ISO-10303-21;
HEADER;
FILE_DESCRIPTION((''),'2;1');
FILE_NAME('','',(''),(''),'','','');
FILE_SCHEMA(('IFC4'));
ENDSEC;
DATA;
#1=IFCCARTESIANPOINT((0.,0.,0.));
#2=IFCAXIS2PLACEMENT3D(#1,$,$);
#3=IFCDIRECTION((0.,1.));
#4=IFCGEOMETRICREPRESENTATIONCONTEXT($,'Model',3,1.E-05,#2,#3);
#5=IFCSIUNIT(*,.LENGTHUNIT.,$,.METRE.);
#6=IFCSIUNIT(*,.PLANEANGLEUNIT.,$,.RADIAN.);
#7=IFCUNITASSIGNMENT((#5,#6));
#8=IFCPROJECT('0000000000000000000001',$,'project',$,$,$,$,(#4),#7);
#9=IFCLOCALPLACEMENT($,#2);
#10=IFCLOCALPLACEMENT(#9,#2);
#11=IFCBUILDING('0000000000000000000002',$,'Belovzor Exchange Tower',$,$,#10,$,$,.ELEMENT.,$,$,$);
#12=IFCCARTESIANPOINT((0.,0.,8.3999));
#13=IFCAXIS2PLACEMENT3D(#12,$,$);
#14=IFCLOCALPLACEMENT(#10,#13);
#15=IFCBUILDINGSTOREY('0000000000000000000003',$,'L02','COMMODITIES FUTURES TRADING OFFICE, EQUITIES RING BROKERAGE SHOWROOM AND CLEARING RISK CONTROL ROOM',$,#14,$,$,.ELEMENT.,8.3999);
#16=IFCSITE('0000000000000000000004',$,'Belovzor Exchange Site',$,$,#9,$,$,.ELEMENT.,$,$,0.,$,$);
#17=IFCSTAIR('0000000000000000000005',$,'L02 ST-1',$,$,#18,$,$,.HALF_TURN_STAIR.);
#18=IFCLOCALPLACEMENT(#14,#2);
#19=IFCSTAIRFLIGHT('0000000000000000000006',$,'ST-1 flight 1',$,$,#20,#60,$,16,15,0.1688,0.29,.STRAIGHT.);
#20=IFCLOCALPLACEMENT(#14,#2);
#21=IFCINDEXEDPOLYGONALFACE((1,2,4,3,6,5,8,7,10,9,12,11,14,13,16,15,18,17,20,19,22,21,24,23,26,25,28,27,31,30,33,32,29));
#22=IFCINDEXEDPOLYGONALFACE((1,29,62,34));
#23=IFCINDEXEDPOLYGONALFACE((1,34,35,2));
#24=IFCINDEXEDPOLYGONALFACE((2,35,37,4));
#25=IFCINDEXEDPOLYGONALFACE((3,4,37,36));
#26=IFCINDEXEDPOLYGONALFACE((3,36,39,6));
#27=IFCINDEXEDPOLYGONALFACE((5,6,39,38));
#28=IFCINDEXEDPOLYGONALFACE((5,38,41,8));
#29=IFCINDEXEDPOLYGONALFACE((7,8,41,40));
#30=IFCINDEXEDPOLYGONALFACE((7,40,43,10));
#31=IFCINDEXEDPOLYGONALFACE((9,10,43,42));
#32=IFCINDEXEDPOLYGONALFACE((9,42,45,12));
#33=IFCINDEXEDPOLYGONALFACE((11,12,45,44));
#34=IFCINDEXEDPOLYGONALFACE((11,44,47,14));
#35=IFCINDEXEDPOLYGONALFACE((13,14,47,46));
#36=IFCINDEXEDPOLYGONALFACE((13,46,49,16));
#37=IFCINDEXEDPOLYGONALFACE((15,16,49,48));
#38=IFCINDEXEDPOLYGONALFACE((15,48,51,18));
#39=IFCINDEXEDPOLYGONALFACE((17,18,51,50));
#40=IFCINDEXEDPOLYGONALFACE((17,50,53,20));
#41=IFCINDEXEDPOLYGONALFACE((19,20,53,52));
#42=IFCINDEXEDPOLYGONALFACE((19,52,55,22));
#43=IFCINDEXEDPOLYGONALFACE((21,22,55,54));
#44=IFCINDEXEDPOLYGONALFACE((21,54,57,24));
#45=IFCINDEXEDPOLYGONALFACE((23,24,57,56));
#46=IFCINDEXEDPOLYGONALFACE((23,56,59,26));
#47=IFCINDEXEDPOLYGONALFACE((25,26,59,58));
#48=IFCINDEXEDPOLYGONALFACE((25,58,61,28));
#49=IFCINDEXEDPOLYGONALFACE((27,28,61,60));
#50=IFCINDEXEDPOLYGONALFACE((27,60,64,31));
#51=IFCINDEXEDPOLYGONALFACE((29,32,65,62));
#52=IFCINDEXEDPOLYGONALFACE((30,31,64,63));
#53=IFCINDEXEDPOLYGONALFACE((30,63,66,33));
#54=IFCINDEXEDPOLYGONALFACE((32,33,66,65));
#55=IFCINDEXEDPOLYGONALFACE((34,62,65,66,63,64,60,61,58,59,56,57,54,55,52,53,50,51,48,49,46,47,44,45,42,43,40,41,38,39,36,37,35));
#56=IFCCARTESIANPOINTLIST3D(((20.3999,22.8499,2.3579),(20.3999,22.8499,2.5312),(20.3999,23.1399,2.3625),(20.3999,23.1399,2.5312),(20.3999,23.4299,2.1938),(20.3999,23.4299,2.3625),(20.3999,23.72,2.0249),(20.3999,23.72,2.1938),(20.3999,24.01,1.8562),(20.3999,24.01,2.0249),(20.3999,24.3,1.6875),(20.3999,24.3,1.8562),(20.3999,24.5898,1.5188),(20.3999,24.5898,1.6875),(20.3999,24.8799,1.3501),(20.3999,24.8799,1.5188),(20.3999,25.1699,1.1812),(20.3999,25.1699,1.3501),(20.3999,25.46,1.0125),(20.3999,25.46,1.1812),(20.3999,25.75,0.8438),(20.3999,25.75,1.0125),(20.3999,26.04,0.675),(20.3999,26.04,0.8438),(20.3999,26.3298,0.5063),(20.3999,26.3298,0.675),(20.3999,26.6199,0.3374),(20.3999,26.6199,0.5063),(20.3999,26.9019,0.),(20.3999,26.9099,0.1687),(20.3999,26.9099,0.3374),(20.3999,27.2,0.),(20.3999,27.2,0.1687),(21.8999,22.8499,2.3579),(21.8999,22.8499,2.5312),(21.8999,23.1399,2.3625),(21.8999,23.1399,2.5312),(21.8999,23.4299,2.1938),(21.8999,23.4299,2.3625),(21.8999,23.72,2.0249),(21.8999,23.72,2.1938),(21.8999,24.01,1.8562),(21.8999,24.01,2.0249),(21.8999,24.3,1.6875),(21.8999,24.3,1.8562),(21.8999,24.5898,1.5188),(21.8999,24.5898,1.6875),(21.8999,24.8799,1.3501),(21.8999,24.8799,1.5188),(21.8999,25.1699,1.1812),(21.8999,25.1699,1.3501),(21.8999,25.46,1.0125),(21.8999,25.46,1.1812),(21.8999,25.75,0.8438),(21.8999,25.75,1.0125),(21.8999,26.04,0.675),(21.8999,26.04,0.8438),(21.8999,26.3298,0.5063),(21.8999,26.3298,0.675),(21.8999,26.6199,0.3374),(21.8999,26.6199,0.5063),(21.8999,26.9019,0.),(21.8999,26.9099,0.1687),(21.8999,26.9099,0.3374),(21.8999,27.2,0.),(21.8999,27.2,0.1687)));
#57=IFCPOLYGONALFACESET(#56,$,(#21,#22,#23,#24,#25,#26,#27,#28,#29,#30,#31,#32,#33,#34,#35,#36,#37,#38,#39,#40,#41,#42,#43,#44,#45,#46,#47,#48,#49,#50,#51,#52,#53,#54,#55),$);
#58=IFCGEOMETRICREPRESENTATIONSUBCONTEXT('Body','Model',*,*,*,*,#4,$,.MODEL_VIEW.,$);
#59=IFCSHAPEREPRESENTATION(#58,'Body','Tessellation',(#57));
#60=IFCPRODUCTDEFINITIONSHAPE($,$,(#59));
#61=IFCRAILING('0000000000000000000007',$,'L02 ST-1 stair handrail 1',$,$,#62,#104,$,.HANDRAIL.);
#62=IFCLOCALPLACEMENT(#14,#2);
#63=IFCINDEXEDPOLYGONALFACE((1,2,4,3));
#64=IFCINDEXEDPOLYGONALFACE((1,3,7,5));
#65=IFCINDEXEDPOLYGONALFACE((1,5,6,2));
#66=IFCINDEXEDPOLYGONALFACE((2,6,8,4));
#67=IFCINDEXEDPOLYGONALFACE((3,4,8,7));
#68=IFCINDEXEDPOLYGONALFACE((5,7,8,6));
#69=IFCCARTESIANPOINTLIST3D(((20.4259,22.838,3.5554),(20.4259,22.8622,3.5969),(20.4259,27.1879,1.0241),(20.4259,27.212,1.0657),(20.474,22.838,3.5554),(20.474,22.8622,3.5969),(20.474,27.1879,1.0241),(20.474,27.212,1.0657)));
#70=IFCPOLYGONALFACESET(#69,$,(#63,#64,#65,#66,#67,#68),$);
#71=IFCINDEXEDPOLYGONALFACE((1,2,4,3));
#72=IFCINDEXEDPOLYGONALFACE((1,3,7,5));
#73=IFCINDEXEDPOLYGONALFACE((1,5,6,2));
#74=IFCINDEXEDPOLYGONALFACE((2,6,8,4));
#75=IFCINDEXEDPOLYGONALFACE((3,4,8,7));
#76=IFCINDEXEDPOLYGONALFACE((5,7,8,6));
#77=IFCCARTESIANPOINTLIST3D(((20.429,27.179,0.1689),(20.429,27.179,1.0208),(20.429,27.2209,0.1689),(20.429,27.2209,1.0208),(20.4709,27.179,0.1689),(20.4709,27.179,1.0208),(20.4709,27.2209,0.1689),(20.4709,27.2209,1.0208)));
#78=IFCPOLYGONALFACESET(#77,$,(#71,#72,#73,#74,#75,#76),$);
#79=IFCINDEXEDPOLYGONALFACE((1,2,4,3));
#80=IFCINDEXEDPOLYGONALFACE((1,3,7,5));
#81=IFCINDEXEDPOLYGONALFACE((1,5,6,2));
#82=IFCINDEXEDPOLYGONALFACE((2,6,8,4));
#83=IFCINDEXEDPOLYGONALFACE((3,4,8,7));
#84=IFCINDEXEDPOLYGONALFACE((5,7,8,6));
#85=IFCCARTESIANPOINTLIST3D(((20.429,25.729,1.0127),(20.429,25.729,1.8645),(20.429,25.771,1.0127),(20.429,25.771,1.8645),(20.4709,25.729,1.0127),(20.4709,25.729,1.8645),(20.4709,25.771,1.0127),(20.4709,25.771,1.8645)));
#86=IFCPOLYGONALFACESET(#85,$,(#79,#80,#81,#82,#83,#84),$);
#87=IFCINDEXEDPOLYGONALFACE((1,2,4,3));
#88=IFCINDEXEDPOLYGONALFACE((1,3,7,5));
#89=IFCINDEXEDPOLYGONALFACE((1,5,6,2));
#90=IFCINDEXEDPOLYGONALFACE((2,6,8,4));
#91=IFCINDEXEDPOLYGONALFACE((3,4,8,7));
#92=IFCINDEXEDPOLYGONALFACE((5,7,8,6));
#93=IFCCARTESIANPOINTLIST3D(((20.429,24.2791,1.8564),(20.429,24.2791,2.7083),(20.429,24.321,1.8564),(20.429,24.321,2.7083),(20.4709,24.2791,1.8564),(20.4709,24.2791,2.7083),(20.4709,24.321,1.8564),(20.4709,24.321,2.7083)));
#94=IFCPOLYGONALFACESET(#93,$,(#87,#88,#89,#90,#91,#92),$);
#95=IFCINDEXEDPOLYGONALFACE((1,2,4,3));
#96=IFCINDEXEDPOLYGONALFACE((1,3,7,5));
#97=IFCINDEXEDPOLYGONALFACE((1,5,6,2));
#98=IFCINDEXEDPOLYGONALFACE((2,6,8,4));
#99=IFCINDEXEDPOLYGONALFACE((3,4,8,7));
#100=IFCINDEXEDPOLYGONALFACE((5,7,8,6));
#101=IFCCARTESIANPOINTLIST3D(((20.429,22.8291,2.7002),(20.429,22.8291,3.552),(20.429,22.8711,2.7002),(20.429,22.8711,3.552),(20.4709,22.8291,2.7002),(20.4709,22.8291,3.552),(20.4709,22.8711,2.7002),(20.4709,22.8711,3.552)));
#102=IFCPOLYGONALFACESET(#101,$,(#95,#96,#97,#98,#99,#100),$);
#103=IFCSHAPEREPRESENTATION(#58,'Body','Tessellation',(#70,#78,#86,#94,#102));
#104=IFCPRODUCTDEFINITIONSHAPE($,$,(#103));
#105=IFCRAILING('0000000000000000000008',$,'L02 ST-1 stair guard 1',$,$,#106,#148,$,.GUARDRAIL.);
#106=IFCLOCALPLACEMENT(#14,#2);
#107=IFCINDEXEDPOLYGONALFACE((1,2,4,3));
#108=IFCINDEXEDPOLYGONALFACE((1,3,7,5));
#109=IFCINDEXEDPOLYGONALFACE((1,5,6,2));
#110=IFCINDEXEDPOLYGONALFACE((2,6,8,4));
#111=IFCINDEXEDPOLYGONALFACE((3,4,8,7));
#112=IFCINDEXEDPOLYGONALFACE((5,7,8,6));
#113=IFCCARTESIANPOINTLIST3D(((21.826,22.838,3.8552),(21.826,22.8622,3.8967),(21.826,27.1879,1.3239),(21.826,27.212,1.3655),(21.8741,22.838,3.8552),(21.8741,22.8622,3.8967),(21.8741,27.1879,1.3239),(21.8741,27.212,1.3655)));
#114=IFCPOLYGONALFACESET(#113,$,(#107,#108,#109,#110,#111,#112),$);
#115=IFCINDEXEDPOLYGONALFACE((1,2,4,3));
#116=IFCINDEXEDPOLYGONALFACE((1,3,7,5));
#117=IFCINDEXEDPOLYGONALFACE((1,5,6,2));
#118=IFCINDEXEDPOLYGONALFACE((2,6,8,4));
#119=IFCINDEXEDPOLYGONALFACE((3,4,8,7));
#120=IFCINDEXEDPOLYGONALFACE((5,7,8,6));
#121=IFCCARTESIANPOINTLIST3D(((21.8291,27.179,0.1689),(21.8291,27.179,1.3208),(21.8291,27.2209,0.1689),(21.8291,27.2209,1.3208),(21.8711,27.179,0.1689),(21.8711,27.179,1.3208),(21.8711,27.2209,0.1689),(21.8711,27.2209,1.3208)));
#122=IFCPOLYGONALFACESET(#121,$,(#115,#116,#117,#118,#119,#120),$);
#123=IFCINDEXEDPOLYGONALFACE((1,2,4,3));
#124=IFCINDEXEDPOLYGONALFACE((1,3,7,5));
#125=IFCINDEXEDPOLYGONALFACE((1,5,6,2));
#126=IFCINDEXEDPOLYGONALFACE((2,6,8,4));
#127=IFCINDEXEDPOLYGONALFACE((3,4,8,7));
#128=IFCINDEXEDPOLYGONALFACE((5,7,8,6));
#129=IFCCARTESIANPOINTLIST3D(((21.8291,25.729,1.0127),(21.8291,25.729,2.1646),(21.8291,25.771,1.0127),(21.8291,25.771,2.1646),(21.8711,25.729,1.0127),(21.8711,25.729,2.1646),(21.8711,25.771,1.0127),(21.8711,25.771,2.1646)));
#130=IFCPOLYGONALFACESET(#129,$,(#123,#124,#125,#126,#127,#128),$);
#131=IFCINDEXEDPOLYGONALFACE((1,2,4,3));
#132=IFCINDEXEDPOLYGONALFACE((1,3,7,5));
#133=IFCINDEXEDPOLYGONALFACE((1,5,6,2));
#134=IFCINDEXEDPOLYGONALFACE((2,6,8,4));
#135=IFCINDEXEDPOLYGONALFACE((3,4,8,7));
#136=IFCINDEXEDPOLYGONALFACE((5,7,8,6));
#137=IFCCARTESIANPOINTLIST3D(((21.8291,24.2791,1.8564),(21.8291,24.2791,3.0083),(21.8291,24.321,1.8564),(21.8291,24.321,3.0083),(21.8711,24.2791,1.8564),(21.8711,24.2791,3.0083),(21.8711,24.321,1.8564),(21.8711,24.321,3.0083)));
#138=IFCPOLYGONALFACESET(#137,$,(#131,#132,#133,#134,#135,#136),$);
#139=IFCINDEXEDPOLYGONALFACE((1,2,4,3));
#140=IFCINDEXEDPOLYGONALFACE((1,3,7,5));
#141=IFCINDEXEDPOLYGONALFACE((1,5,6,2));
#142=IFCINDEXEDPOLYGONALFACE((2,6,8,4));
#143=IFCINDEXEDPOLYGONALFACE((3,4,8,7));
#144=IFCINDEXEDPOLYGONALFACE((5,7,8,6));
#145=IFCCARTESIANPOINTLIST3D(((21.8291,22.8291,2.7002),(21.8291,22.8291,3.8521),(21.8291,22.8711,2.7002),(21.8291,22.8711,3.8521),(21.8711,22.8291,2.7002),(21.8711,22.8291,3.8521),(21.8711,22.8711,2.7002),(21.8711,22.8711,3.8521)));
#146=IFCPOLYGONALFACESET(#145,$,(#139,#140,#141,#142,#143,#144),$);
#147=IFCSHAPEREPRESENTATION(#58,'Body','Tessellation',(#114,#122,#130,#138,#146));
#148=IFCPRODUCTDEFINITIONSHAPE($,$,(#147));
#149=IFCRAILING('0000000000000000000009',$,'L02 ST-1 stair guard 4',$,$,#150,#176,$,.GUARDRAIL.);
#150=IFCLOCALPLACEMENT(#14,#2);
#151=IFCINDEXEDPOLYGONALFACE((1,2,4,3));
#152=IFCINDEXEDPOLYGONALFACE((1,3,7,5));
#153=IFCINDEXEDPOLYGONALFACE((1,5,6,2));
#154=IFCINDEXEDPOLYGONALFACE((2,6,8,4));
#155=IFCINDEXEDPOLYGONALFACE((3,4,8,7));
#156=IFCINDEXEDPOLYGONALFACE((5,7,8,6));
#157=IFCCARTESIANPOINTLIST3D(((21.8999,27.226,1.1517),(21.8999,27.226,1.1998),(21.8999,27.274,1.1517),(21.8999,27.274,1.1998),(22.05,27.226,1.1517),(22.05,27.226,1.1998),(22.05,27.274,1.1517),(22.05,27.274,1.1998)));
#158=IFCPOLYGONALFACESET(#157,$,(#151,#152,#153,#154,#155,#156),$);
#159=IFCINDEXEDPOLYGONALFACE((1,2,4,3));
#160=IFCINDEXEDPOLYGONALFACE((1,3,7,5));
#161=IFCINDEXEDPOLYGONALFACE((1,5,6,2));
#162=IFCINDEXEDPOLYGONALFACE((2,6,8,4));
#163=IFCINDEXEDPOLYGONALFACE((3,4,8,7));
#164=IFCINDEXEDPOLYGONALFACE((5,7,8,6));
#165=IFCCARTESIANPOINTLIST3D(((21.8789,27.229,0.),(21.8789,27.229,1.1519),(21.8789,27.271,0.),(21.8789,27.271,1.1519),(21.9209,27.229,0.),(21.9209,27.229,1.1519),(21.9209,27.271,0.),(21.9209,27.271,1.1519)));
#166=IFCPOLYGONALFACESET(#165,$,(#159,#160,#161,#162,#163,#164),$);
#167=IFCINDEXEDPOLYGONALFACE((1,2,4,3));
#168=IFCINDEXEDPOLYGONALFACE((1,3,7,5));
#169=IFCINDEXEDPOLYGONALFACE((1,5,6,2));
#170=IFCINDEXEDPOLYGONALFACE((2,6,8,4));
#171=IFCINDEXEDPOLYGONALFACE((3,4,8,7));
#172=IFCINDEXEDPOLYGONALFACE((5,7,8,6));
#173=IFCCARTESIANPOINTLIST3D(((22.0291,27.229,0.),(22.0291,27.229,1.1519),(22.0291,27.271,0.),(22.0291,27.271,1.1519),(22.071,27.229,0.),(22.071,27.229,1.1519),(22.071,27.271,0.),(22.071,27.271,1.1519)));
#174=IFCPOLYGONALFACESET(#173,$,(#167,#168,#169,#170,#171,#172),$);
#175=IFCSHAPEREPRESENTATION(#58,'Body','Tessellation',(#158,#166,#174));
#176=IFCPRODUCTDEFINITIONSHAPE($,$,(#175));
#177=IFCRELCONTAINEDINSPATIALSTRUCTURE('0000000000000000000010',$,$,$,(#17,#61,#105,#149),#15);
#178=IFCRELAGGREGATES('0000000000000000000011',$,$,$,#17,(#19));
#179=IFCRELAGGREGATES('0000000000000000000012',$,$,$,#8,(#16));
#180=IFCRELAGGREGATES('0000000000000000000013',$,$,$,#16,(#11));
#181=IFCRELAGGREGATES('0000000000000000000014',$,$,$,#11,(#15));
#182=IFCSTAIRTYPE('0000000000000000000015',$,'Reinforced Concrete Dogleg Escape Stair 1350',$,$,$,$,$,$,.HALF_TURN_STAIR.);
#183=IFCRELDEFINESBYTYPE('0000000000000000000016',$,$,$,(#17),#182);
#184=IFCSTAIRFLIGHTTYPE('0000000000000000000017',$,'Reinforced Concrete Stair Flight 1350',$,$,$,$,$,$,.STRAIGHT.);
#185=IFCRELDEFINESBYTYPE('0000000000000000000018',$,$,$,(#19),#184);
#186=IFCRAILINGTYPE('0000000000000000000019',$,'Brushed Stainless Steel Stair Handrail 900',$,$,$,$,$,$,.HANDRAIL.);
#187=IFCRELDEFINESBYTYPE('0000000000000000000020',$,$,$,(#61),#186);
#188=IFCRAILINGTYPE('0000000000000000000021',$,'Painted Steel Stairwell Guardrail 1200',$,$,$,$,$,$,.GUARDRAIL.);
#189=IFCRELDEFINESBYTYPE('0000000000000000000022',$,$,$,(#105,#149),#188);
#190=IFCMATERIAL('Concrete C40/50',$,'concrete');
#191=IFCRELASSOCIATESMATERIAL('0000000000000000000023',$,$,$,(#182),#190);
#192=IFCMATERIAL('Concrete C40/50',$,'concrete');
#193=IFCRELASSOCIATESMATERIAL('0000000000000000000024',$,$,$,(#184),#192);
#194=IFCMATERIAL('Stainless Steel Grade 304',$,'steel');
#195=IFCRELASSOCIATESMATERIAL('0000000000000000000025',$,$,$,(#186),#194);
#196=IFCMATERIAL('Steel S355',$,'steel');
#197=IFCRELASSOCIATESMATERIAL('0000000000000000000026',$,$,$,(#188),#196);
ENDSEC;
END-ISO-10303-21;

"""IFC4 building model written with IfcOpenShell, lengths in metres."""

from ifc_helpers import new_model, si_unit, direction, frame, origin, origin_2d, place, context, subcontext, project, spatial, polyline, rectangle, outline, extrude, material, type_object, element, aggregate, save


model = new_model("IFC4")

# Units and contexts
model_context = context("Model", 3, precision=1e-05, world=origin(), true_north=direction((0.0, 1.0)))
body_context = subcontext(model_context, "Body", "Model", "MODEL_VIEW")
ifc_project = project(units=[si_unit("LENGTHUNIT", "METRE"), si_unit("PLANEANGLEUNIT", "RADIAN")], contexts=[model_context])

# Site, building, storey
site_placement = place(None, origin())
site = spatial("IfcSite", under=ifc_project, at=site_placement, Name="Belovzor Exchange Site", CompositionType="ELEMENT", RefElevation=0.0)
building_placement = place(site_placement, origin())
building = spatial("IfcBuilding", under=site, at=building_placement, Name="Belovzor Exchange Tower", CompositionType="ELEMENT")
storey_placement = place(building_placement, frame((0.0, 0.0, 8.3999)))
storey = spatial("IfcBuildingStorey", under=building, at=storey_placement, Name="L02", Description="COMMODITIES FUTURES TRADING OFFICE, EQUITIES RING BROKERAGE SHOWROOM AND CLEARING RISK CONTROL ROOM", CompositionType="ELEMENT", Elevation=8.3999)

# Stair, stair flight
ifc_material_1 = material(Name="Concrete C40/50", Category="concrete")
stair_type = type_object("IfcStairType", Name="Reinforced Concrete Dogleg Escape Stair 1350", PredefinedType="HALF_TURN_STAIR", material=ifc_material_1)
stair_placement = place(storey_placement, origin())
stair = element("IfcStair", 1, at=stair_placement, inside=storey, type_object=stair_type, Name="L02 ST-1", PredefinedType="HALF_TURN_STAIR")
ifc_material_2 = material(Name="Concrete C40/50", Category="concrete")
stair_flight_type = type_object("IfcStairFlightType", Name="Reinforced Concrete Stair Flight 1350", PredefinedType="STRAIGHT", material=ifc_material_2)
stair_flight_placement = place(storey_placement, frame((21.1499, 27.2, 0.0), z_axis=(0.0, 0.0, 1.0), x_axis=(0.0, -1.0, 0.0)))
stair_flight = element("IfcStairFlight", 2, at=stair_flight_placement, type_object=stair_flight_type, Name="ST-1 flight 1", NumberOfRisers=16, NumberOfTreads=15, PredefinedType="STRAIGHT", RiserHeight=0.1688, TreadLength=0.29, context=body_context, shape_type="SweptSolid", body=[
    extrude(outline(polyline([(0.0, 0.0), (0.0, 0.1687), (0.29, 0.1687), (0.29, 0.3374), (0.5801, 0.3374), (0.5801, 0.5063), (0.8701, 0.5063), (0.8701, 0.675), (1.1599, 0.675), (1.1599, 0.8438), (1.45, 0.8438), (1.45, 1.0125), (1.74, 1.0125), (1.74, 1.1812), (2.03, 1.1812), (2.03, 1.3501), (2.3201, 1.3501), (2.3201, 1.5188), (2.6101, 1.5188), (2.6101, 1.6875), (2.8999, 1.6875), (2.8999, 1.8562), (3.1899, 1.8562), (3.1899, 2.0249), (3.48, 2.0249), (3.48, 2.1938), (3.77, 2.1938), (3.77, 2.3625), (4.0601, 2.3625), (4.0601, 2.5312), (4.3501, 2.5312), (4.3501, 2.7), (4.3501, 2.3579), (0.2981, 0.0), (0.0, 0.0)])), frame((0.0, 0.75, 0.0), z_axis=(0.0, -1.0, 0.0), x_axis=(1.0, 0.0, 0.0)), (0.0, 0.0, 1.0), 1.5),
])
aggregate(stair, [stair_flight])

# Railings
ifc_material_3 = material(Name="Stainless Steel Grade 304", Category="steel")
railing_type_1 = type_object("IfcRailingType", Name="Brushed Stainless Steel Stair Handrail 900", PredefinedType="HANDRAIL", material=ifc_material_3)
railing_1_placement = place(storey_placement, frame((20.45, 27.2, 0.1689)))
element("IfcRailing", 3, at=railing_1_placement, inside=storey, type_object=railing_type_1, Name="L02 ST-1 stair handrail 1", PredefinedType="HANDRAIL", context=body_context, shape_type="SweptSolid", body=[
    extrude(rectangle(XDim=0.0481, YDim=0.0481, at=origin_2d()), frame((0.0, 0.0, 0.876), z_axis=(0.0, -0.864312, 0.502957), x_axis=(1.0, 0.0, 0.0)), (0.0, 0.0, 1.0), 5.0327),
    extrude(rectangle(XDim=0.042, YDim=0.042, at=origin_2d()), origin(), (0.0, 0.0, 1.0), 0.8518),
    extrude(rectangle(XDim=0.042, YDim=0.042, at=origin_2d()), frame((0.0, -1.45, 0.8438)), (0.0, 0.0, 1.0), 0.8518),
    extrude(rectangle(XDim=0.042, YDim=0.042, at=origin_2d()), frame((0.0, -2.8999, 1.6875)), (0.0, 0.0, 1.0), 0.8518),
    extrude(rectangle(XDim=0.042, YDim=0.042, at=origin_2d()), frame((0.0, -4.3499, 2.5312)), (0.0, 0.0, 1.0), 0.8518),
])
ifc_material_4 = material(Name="Steel S355", Category="steel")
railing_type_2 = type_object("IfcRailingType", Name="Painted Steel Stairwell Guardrail 1200", PredefinedType="GUARDRAIL", material=ifc_material_4)
railing_2_placement = place(storey_placement, frame((21.8501, 27.2, 0.1689)))
element("IfcRailing", 4, at=railing_2_placement, inside=storey, type_object=railing_type_2, Name="L02 ST-1 stair guard 1", PredefinedType="GUARDRAIL", context=body_context, shape_type="SweptSolid", body=[
    extrude(rectangle(XDim=0.0481, YDim=0.0481, at=origin_2d()), frame((0.0, 0.0, 1.1758), z_axis=(0.0, -0.864312, 0.502957), x_axis=(1.0, 0.0, 0.0)), (0.0, 0.0, 1.0), 5.0327),
    extrude(rectangle(XDim=0.042, YDim=0.042, at=origin_2d()), origin(), (0.0, 0.0, 1.0), 1.1519),
    extrude(rectangle(XDim=0.042, YDim=0.042, at=origin_2d()), frame((0.0, -1.45, 0.8438)), (0.0, 0.0, 1.0), 1.1519),
    extrude(rectangle(XDim=0.042, YDim=0.042, at=origin_2d()), frame((0.0, -2.8999, 1.6875)), (0.0, 0.0, 1.0), 1.1519),
    extrude(rectangle(XDim=0.042, YDim=0.042, at=origin_2d()), frame((0.0, -4.3499, 2.5312)), (0.0, 0.0, 1.0), 1.1519),
])
railing_3_placement = place(storey_placement, frame((21.8999, 27.25, 0.0)))
element("IfcRailing", 5, at=railing_3_placement, inside=storey, type_object=railing_type_2, Name="L02 ST-1 stair guard 4", PredefinedType="GUARDRAIL", context=body_context, shape_type="SweptSolid", body=[
    extrude(rectangle(XDim=0.0481, YDim=0.0481, at=origin_2d()), frame((0.0, 0.0, 1.1758), z_axis=(1.0, 0.0, 0.0), x_axis=(0.0, 1.0, 0.0)), (0.0, 0.0, 1.0), 0.1501),
    extrude(rectangle(XDim=0.042, YDim=0.042, at=origin_2d()), origin(), (0.0, 0.0, 1.0), 1.1519),
    extrude(rectangle(XDim=0.042, YDim=0.042, at=origin_2d()), frame((0.1501, 0.0, 0.0)), (0.0, 0.0, 1.0), 1.1519),
])

save(model, "model.ifc")
